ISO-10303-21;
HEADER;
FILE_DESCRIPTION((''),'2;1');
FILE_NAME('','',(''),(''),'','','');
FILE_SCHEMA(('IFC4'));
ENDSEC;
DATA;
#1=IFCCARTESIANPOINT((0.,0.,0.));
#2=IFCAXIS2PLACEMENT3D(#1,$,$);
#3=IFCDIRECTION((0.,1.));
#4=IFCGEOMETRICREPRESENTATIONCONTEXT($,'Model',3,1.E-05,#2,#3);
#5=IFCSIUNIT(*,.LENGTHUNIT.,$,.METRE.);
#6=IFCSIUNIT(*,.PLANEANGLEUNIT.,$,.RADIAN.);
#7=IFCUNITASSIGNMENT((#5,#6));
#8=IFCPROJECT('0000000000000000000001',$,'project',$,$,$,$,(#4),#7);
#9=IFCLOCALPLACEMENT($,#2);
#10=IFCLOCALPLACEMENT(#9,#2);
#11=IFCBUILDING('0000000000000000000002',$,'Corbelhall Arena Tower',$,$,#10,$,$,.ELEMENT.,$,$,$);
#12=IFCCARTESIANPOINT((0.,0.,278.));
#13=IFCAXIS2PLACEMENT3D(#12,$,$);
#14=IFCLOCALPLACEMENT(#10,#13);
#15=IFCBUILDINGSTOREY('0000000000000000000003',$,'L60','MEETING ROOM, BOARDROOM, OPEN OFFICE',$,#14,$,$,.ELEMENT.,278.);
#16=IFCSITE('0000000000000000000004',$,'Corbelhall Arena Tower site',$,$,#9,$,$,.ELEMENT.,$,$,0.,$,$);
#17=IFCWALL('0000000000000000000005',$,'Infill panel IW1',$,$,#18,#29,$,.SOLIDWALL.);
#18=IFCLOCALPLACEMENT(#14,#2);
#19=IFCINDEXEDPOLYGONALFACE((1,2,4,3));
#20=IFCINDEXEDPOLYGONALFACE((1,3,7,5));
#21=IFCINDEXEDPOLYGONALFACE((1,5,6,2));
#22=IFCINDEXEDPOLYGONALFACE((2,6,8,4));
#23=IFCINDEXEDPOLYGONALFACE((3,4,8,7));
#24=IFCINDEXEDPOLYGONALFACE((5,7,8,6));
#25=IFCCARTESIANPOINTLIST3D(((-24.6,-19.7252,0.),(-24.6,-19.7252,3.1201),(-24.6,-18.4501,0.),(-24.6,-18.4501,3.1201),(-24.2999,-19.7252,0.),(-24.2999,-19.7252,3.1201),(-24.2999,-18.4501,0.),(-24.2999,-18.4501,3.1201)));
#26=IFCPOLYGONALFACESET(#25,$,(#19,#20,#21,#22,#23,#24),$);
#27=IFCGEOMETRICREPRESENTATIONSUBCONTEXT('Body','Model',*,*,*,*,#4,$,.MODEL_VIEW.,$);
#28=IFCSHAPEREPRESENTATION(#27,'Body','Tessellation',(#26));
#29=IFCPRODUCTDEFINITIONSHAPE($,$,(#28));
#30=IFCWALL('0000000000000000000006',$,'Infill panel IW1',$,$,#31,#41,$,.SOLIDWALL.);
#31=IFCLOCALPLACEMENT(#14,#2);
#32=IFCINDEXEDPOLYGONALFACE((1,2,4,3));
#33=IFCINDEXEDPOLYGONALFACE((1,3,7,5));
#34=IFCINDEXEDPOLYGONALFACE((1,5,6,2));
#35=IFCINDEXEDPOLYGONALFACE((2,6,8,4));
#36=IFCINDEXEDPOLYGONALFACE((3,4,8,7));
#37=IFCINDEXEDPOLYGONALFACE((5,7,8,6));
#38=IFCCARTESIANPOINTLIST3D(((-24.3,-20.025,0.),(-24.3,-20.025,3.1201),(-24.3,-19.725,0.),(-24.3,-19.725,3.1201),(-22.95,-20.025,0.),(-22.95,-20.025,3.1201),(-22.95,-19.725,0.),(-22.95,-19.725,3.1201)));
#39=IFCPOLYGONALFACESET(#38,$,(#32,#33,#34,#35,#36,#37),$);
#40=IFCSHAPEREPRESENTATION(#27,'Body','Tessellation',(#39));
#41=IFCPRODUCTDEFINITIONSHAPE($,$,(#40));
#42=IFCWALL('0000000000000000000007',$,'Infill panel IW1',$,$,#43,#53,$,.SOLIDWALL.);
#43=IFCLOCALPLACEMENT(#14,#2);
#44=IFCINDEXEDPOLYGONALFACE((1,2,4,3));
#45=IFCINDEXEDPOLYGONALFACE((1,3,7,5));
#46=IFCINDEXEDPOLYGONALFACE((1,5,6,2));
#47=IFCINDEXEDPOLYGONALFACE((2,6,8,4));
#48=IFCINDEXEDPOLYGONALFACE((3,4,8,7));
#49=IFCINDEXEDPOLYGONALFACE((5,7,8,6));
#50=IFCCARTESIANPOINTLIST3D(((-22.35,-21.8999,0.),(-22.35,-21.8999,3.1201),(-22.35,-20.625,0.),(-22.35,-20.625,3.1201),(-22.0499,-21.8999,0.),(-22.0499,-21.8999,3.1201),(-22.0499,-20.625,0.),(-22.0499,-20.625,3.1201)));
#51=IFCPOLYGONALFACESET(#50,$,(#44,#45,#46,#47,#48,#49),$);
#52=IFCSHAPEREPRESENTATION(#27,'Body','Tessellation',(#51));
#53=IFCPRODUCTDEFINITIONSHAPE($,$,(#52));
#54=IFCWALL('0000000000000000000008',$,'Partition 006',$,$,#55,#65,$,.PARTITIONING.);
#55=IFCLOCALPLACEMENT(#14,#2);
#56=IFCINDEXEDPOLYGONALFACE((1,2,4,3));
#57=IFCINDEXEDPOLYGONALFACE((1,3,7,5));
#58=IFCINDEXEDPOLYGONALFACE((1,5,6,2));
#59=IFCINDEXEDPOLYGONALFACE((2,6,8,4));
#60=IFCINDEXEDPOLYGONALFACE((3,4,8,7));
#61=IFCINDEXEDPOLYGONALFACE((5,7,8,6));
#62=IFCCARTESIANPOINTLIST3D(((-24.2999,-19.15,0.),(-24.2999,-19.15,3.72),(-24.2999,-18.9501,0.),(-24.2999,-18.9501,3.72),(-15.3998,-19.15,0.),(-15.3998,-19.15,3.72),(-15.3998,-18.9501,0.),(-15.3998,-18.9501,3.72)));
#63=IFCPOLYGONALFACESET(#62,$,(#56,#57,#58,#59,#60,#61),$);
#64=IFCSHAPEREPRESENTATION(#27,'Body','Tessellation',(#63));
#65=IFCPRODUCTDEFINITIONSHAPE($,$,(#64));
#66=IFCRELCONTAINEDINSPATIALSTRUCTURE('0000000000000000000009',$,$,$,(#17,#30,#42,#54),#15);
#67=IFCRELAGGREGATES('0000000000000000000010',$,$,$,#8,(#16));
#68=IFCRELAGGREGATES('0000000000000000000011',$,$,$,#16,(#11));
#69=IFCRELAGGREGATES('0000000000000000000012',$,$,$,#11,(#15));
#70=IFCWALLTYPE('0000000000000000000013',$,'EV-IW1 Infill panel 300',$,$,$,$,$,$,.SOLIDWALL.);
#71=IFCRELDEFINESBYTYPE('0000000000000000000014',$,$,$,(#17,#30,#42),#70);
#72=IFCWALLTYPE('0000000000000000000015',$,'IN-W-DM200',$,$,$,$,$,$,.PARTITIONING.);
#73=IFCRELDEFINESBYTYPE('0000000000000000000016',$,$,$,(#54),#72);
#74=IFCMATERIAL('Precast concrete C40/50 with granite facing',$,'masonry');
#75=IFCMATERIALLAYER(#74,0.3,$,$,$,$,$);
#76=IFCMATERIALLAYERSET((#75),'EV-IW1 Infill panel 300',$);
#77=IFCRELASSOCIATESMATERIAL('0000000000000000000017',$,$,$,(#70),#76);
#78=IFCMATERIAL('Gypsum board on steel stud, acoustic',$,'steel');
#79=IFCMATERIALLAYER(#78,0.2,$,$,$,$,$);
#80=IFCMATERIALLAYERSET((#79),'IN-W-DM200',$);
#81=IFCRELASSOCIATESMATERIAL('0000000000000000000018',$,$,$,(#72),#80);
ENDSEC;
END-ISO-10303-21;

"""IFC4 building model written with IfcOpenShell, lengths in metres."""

from ifc_helpers import new_model, si_unit, direction, frame, frame_2d, origin, place, context, subcontext, project, spatial, rectangle, extrude, material, layer, layer_set, type_object, element, save


model = new_model("IFC4")

# Units and contexts
model_context = context("Model", 3, precision=1e-05, world=origin(), true_north=direction((0.0, 1.0)))
body_context = subcontext(model_context, "Body", "Model", "MODEL_VIEW")
ifc_project = project(units=[si_unit("LENGTHUNIT", "METRE"), si_unit("PLANEANGLEUNIT", "RADIAN")], contexts=[model_context])

# Site, building, storey
site_placement = place(None, origin())
site = spatial("IfcSite", under=ifc_project, at=site_placement, Name="Corbelhall Arena Tower site", CompositionType="ELEMENT", RefElevation=0.0)
building_placement = place(site_placement, origin())
building = spatial("IfcBuilding", under=site, at=building_placement, Name="Corbelhall Arena Tower", CompositionType="ELEMENT")
storey_placement = place(building_placement, frame((0.0, 0.0, 278.0)))
storey = spatial("IfcBuildingStorey", under=building, at=storey_placement, Name="L60", Description="MEETING ROOM, BOARDROOM, OPEN OFFICE", CompositionType="ELEMENT", Elevation=278.0)

# Walls
ifc_material_1 = material(Name="Precast concrete C40/50 with granite facing", Category="masonry")
ifc_layer_1 = layer(ifc_material_1, 0.3)
ifc_layer_set_1 = layer_set([ifc_layer_1], Name="EV-IW1 Infill panel 300")
wall_type_1 = type_object("IfcWallType", Name="EV-IW1 Infill panel 300", PredefinedType="SOLIDWALL", material=ifc_layer_set_1)
wall_1_placement = place(storey_placement, frame((-24.45, -18.45, 0.0), z_axis=(0.0, 0.0, 1.0), x_axis=(0.0, -1.0, 0.0)))
element("IfcWall", 1, at=wall_1_placement, inside=storey, type_object=wall_type_1, Name="Infill panel IW1", PredefinedType="SOLIDWALL", context=body_context, shape_type="SweptSolid", body=[
    extrude(rectangle(XDim=1.2751, YDim=0.3, at=frame_2d((0.6377, 0.0))), origin(), (0.0, 0.0, 1.0), 3.1201),
])
wall_2_placement = place(storey_placement, frame((-24.3, -19.875, 0.0), z_axis=(0.0, 0.0, 1.0), x_axis=(1.0, 0.0, 0.0)))
element("IfcWall", 2, at=wall_2_placement, inside=storey, type_object=wall_type_1, Name="Infill panel IW1", PredefinedType="SOLIDWALL", context=body_context, shape_type="SweptSolid", body=[
    extrude(rectangle(XDim=1.3501, YDim=0.3, at=frame_2d((0.675, 0.0))), origin(), (0.0, 0.0, 1.0), 3.1201),
])
wall_3_placement = place(storey_placement, frame((-22.2, -20.625, 0.0), z_axis=(0.0, 0.0, 1.0), x_axis=(0.0, -1.0, 0.0)))
element("IfcWall", 3, at=wall_3_placement, inside=storey, type_object=wall_type_1, Name="Infill panel IW1", PredefinedType="SOLIDWALL", context=body_context, shape_type="SweptSolid", body=[
    extrude(rectangle(XDim=1.2749, YDim=0.3, at=frame_2d((0.6375, 0.0))), origin(), (0.0, 0.0, 1.0), 3.1201),
])

# Wall
ifc_material_2 = material(Name="Gypsum board on steel stud, acoustic", Category="steel")
ifc_layer_2 = layer(ifc_material_2, 0.2)
ifc_layer_set_2 = layer_set([ifc_layer_2], Name="IN-W-DM200")
wall_type_2 = type_object("IfcWallType", Name="IN-W-DM200", PredefinedType="PARTITIONING", material=ifc_layer_set_2)
wall_4_placement = place(storey_placement, frame((-24.3, -19.05, 0.0), z_axis=(0.0, 0.0, 1.0), x_axis=(1.0, 0.0, 0.0)))
element("IfcWall", 4, at=wall_4_placement, inside=storey, type_object=wall_type_2, Name="Partition 006", PredefinedType="PARTITIONING", context=body_context, shape_type="SweptSolid", body=[
    extrude(rectangle(XDim=8.9001, YDim=0.2, at=frame_2d((4.4502, 0.0))), origin(), (0.0, 0.0, 1.0), 3.72),
])

save(model, "model.ifc")
